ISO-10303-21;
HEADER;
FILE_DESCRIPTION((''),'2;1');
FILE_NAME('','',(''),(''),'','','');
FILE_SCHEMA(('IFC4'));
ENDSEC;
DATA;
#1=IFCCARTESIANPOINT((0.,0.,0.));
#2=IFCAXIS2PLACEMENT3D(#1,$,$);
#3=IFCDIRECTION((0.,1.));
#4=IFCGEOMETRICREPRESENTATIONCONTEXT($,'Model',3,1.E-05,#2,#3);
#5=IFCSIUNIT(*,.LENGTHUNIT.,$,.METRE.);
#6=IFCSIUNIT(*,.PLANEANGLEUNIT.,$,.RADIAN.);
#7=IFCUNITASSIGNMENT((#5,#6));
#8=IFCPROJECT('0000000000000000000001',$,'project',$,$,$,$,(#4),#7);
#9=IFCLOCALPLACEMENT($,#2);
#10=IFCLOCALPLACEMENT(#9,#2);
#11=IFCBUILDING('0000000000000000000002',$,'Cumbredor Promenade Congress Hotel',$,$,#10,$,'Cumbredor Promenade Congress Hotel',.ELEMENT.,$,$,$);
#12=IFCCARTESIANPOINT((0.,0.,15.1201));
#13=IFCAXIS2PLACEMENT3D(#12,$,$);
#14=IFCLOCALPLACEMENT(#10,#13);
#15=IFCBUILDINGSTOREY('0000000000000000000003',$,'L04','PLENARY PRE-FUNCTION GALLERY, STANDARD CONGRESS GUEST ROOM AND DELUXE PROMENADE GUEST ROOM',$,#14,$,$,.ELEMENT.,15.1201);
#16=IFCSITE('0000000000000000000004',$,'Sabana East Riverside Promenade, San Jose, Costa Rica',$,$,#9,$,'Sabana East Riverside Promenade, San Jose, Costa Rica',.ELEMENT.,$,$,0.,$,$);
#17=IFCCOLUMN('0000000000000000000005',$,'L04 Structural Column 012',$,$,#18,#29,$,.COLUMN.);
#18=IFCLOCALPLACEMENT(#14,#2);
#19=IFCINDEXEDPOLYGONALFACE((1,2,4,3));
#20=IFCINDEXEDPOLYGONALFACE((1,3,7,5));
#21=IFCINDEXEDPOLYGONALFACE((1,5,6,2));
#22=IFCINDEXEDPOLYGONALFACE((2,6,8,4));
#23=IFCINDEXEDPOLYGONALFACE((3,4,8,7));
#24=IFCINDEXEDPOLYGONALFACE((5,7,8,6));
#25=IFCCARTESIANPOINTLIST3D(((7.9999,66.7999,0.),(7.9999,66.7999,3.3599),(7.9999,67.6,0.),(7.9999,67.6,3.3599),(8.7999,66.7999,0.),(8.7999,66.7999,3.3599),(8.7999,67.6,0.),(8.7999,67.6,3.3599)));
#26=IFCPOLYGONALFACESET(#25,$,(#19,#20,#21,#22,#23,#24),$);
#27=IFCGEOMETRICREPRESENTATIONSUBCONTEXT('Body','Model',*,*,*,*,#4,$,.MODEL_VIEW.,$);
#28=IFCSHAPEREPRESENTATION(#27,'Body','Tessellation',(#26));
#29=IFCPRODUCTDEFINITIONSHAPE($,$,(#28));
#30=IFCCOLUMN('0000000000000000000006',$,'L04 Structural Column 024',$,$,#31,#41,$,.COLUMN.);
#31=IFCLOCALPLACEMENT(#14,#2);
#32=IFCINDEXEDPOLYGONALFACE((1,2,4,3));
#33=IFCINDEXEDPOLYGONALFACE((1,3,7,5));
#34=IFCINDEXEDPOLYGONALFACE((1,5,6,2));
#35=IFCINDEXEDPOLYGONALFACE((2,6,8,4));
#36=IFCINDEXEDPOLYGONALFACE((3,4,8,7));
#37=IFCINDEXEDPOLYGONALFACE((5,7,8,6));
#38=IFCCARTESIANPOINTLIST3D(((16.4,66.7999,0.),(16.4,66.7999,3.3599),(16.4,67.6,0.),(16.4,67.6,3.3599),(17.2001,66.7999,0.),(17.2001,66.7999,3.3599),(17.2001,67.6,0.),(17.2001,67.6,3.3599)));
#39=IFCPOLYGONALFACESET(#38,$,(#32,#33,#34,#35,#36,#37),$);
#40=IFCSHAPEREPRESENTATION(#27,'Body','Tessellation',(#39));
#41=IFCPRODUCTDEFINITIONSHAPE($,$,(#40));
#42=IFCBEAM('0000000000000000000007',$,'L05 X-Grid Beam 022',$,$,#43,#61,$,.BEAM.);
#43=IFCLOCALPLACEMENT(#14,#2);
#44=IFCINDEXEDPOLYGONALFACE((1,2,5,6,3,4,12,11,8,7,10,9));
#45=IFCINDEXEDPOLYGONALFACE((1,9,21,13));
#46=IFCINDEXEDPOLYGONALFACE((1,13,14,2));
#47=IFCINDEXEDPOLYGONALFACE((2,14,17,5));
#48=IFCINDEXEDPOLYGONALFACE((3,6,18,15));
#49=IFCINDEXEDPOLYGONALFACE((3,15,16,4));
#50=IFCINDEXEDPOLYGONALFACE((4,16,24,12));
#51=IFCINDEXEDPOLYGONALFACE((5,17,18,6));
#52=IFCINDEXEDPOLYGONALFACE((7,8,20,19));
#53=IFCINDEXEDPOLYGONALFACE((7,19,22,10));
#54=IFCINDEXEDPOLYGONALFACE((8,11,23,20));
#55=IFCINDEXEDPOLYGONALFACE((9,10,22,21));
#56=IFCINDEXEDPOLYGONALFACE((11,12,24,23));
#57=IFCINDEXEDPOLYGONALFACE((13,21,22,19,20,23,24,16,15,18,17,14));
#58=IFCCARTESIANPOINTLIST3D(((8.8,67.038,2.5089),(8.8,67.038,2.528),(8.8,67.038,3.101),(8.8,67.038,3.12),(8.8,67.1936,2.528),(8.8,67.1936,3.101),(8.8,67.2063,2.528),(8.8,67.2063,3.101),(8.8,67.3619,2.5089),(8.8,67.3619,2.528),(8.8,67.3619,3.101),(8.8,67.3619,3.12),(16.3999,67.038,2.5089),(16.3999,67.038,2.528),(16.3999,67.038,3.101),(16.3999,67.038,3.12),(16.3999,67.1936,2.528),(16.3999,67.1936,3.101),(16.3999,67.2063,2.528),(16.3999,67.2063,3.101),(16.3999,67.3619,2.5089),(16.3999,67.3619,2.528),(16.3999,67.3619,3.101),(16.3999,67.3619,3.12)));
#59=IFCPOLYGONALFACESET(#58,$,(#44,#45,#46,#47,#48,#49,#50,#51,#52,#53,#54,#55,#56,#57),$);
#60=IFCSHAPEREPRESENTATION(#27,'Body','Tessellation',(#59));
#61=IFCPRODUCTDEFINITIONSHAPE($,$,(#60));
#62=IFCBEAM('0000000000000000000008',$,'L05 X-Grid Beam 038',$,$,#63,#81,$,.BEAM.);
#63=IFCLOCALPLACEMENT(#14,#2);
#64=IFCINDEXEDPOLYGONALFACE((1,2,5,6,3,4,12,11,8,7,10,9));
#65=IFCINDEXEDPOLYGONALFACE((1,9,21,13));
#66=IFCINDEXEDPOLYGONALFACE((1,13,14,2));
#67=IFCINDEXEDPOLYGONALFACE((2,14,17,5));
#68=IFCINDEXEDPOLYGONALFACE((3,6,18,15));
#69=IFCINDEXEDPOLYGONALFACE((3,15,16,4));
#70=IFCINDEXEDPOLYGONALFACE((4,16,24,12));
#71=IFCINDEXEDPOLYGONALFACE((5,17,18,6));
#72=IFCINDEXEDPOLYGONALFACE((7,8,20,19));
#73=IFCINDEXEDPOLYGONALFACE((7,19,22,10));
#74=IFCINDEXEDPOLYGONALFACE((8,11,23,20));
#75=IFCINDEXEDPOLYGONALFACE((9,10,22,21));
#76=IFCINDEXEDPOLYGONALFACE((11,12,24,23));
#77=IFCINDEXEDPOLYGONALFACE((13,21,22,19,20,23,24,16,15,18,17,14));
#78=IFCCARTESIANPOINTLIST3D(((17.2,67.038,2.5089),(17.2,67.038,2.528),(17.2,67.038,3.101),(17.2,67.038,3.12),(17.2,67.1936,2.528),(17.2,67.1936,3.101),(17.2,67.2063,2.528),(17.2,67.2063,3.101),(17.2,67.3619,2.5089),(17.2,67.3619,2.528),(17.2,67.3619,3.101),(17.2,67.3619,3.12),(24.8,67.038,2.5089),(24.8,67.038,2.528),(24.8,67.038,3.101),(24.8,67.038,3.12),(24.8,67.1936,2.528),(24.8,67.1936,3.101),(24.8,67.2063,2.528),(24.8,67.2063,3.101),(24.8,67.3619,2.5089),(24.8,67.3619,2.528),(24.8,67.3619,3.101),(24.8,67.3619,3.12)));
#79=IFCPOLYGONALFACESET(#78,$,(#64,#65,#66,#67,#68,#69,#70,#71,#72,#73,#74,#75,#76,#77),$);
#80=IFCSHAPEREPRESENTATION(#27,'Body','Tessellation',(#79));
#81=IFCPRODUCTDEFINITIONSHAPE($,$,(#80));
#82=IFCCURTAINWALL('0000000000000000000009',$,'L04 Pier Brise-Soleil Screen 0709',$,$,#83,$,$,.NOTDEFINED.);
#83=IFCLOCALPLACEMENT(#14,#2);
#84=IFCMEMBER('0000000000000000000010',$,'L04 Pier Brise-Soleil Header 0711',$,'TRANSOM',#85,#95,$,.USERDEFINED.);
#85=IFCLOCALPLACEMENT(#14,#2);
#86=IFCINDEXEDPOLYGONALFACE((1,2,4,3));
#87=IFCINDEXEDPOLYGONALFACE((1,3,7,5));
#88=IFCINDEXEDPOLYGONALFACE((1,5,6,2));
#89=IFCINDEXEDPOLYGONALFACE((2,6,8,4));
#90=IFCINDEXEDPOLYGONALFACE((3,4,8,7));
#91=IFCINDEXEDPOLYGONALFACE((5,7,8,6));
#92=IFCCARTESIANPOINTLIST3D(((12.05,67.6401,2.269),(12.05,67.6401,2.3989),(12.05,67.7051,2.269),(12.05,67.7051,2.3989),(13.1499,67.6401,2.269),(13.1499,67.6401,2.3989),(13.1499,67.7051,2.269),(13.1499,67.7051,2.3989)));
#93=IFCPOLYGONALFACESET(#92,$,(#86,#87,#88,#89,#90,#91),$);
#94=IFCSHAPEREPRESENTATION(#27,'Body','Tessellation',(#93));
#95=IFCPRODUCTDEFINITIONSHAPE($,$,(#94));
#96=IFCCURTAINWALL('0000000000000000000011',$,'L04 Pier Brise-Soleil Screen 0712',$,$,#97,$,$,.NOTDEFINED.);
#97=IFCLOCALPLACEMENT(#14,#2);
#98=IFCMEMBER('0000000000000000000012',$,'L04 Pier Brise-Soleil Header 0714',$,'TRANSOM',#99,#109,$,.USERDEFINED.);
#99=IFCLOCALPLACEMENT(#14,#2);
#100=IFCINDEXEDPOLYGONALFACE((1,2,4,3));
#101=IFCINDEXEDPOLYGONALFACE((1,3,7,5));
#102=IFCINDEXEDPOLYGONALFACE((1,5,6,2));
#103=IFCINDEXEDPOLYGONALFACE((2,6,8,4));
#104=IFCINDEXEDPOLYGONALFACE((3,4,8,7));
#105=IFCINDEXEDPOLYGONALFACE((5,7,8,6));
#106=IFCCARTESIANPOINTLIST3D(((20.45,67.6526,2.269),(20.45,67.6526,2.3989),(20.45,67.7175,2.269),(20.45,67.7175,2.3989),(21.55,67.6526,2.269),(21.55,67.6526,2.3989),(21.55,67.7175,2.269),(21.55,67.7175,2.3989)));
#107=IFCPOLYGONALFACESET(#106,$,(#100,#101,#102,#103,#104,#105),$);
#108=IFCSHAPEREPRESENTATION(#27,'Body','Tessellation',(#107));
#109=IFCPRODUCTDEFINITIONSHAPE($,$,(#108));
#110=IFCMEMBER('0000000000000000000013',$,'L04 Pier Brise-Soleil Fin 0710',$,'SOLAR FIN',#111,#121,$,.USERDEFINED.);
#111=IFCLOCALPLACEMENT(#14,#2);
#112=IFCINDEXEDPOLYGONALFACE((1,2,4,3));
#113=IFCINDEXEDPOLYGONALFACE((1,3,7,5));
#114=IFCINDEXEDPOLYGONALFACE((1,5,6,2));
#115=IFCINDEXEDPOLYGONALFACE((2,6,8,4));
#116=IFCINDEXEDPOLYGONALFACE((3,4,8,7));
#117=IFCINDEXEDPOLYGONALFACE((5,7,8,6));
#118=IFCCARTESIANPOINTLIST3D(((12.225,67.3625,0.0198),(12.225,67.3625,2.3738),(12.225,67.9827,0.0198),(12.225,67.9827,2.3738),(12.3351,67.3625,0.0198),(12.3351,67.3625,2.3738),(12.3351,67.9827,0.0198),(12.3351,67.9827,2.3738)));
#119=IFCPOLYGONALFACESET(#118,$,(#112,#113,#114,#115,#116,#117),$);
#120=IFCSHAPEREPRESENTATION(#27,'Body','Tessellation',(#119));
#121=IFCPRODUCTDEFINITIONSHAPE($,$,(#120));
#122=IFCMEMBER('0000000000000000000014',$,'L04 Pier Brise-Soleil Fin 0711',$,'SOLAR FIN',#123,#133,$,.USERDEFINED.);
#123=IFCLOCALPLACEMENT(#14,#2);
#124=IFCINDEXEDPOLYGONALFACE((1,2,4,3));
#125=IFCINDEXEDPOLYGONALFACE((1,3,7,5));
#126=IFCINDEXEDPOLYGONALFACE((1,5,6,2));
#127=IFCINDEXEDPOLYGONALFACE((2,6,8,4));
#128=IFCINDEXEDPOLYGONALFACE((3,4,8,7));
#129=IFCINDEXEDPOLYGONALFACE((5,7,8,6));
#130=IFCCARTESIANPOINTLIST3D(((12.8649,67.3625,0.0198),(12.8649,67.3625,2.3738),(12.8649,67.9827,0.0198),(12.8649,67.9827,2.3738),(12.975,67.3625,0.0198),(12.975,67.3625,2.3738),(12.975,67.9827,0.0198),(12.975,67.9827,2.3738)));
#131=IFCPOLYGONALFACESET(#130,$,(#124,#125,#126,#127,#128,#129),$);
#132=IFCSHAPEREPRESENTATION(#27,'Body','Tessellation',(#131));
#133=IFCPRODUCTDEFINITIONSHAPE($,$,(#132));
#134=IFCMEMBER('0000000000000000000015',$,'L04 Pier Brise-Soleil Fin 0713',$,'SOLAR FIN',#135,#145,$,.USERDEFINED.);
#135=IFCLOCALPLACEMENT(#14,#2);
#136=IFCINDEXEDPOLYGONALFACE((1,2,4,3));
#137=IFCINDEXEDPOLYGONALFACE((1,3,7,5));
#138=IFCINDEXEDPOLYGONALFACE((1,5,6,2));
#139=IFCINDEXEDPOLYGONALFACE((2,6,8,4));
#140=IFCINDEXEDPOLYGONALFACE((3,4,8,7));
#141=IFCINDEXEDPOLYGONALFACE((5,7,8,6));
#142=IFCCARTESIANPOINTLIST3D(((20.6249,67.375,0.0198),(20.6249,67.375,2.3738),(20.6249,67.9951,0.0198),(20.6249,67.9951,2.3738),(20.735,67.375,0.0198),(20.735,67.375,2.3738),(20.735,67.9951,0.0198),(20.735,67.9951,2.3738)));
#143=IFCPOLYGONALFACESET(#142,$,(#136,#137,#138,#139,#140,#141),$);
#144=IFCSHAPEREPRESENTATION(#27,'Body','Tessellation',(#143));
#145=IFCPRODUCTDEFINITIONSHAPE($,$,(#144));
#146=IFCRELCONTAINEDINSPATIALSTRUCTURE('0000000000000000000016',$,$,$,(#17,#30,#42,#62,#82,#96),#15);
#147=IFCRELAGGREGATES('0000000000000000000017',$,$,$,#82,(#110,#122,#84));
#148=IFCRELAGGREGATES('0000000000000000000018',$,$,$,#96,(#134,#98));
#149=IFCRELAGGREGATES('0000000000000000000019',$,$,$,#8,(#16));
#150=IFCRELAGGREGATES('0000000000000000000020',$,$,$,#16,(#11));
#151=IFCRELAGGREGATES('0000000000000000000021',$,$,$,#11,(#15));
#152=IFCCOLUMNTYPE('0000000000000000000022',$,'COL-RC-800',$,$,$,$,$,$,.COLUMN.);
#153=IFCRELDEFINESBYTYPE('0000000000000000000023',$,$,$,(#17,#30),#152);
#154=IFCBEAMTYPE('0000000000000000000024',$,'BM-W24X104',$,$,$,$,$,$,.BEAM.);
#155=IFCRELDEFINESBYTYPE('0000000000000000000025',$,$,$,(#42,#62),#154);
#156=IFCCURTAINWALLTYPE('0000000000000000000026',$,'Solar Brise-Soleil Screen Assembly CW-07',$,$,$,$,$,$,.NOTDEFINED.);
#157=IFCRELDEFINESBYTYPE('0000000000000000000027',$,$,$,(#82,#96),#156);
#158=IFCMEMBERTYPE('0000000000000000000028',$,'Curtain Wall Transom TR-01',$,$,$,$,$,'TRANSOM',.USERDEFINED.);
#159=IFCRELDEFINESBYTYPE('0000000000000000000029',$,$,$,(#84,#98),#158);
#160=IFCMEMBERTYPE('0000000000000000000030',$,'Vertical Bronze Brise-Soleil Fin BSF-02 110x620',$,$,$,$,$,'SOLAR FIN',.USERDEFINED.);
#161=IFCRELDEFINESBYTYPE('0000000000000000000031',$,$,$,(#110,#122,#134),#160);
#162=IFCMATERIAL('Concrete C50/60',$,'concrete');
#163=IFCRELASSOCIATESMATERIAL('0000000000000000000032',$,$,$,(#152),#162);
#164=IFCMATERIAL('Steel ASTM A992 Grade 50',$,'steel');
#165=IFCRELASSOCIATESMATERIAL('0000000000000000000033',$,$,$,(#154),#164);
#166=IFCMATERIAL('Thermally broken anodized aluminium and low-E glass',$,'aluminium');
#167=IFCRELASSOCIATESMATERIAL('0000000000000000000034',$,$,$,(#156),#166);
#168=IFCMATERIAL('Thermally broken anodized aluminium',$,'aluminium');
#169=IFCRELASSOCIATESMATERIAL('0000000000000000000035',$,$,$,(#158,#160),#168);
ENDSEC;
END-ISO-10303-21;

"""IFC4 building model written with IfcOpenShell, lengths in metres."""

from ifc_helpers import new_model, si_unit, direction, frame, origin, origin_2d, place, context, subcontext, project, spatial, rectangle, i_section, extrude, material, material_profile, profile_set, type_object, element, aggregate, save


model = new_model("IFC4")

# Units and contexts
model_context = context("Model", 3, precision=1e-05, world=origin(), true_north=direction((0.0, 1.0)))
body_context = subcontext(model_context, "Body", "Model", "MODEL_VIEW")
ifc_project = project(units=[si_unit("LENGTHUNIT", "METRE"), si_unit("PLANEANGLEUNIT", "RADIAN")], contexts=[model_context])

# Site, building, storey
site_placement = place(None, origin())
site = spatial("IfcSite", under=ifc_project, at=site_placement, Name="Sabana East Riverside Promenade, San Jose, Costa Rica", LongName="Sabana East Riverside Promenade, San Jose, Costa Rica", CompositionType="ELEMENT", RefElevation=0.0)
building_placement = place(site_placement, origin())
building = spatial("IfcBuilding", under=site, at=building_placement, Name="Cumbredor Promenade Congress Hotel", LongName="Cumbredor Promenade Congress Hotel", CompositionType="ELEMENT")
storey_placement = place(building_placement, frame((0.0, 0.0, 15.1201)))
storey = spatial("IfcBuildingStorey", under=building, at=storey_placement, Name="L04", Description="PLENARY PRE-FUNCTION GALLERY, STANDARD CONGRESS GUEST ROOM AND DELUXE PROMENADE GUEST ROOM", CompositionType="ELEMENT", Elevation=15.1201)

# Columns
ifc_material_1 = material(Name="Concrete C50/60", Category="concrete")
ifc_material_profile_1 = material_profile(ifc_material_1, rectangle(XDim=0.8, YDim=0.8, at=origin_2d()), Name="RC 800x800")
ifc_profile_set_1 = profile_set([ifc_material_profile_1], Name="Concrete C50/60")
column_type = type_object("IfcColumnType", Name="COL-RC-800", PredefinedType="COLUMN", material=ifc_profile_set_1)
for number, where, z_axis, x_axis, name in (
    (1, (8.3999, 67.2, 0.0), (0.0, 0.0, 1.0), (1.0, 0.0, 0.0), "L04 Structural Column 012"),
    (2, (16.8, 67.2, 0.0), (0.0, 0.0, 1.0), (1.0, 0.0, 0.0), "L04 Structural Column 024"),
):
    element("IfcColumn", number, at=place(storey_placement, frame(where, z_axis=z_axis, x_axis=x_axis)), inside=storey, type_object=column_type, Name=name, PredefinedType="COLUMN", context=body_context, shape_type="SweptSolid", body=[
        extrude(rectangle(XDim=0.8, YDim=0.8, at=origin_2d()), origin(), (0.0, 0.0, 1.0), 3.3599),
    ])

# Beams
ifc_material_2 = material(Name="Steel ASTM A992 Grade 50", Category="steel")
ifc_material_profile_2 = material_profile(ifc_material_2, i_section(OverallWidth=0.324, OverallDepth=0.6111, WebThickness=0.0127, FlangeThickness=0.019, at=origin_2d()), Name="W24X104")
ifc_profile_set_2 = profile_set([ifc_material_profile_2], Name="Steel ASTM A992 Grade 50")
beam_type = type_object("IfcBeamType", Name="BM-W24X104", PredefinedType="BEAM", material=ifc_profile_set_2)
beam_1_placement = place(storey_placement, frame((8.8, 67.2, 2.8145), z_axis=(1.0, 0.0, 0.0), x_axis=(0.0, 1.0, 0.0)))
element("IfcBeam", 3, at=beam_1_placement, inside=storey, type_object=beam_type, Name="L05 X-Grid Beam 022", PredefinedType="BEAM", context=body_context, shape_type="SweptSolid", body=[
    extrude(i_section(OverallWidth=0.324, OverallDepth=0.6111, WebThickness=0.0127, FlangeThickness=0.019, at=origin_2d()), origin(), (0.0, 0.0, 1.0), 7.5999),
])
beam_2_placement = place(storey_placement, frame((17.2, 67.2, 2.8145), z_axis=(1.0, 0.0, 0.0), x_axis=(0.0, 1.0, 0.0)))
element("IfcBeam", 4, at=beam_2_placement, inside=storey, type_object=beam_type, Name="L05 X-Grid Beam 038", PredefinedType="BEAM", context=body_context, shape_type="SweptSolid", body=[
    extrude(i_section(OverallWidth=0.324, OverallDepth=0.6111, WebThickness=0.0127, FlangeThickness=0.019, at=origin_2d()), origin(), (0.0, 0.0, 1.0), 7.6001),
])

# Curtain walls, members
ifc_material_3 = material(Name="Thermally broken anodized aluminium and low-E glass", Category="aluminium")
curtain_wall_type = type_object("IfcCurtainWallType", Name="Solar Brise-Soleil Screen Assembly CW-07", PredefinedType="NOTDEFINED", material=ifc_material_3)
curtain_wall_1_placement = place(storey_placement, origin())
curtain_wall_1 = element("IfcCurtainWall", 5, at=curtain_wall_1_placement, inside=storey, type_object=curtain_wall_type, Name="L04 Pier Brise-Soleil Screen 0709", PredefinedType="NOTDEFINED")
ifc_material_4 = material(Name="Thermally broken anodized aluminium", Category="aluminium")
ifc_material_profile_3 = material_profile(ifc_material_4, rectangle(XDim=0.0649, YDim=0.1299, at=origin_2d()), Name="ALU TRANSOM 65x130")
ifc_profile_set_3 = profile_set([ifc_material_profile_3], Name="Thermally broken anodized aluminium")
member_type_1 = type_object("IfcMemberType", Name="Curtain Wall Transom TR-01", ElementType="TRANSOM", PredefinedType="USERDEFINED", material=ifc_profile_set_3)
member_1_placement = place(storey_placement, frame((12.05, 67.6726, 2.334), z_axis=(1.0, 0.0, 0.0), x_axis=(0.0, 1.0, 0.0)))
member_1 = element("IfcMember", 6, at=member_1_placement, type_object=member_type_1, Name="L04 Pier Brise-Soleil Header 0711", ObjectType="TRANSOM", PredefinedType="USERDEFINED", context=body_context, shape_type="SweptSolid", body=[
    extrude(rectangle(XDim=0.0649, YDim=0.1299, at=origin_2d()), origin(), (0.0, 0.0, 1.0), 1.0999),
])
curtain_wall_2_placement = place(storey_placement, origin())
curtain_wall_2 = element("IfcCurtainWall", 7, at=curtain_wall_2_placement, inside=storey, type_object=curtain_wall_type, Name="L04 Pier Brise-Soleil Screen 0712", PredefinedType="NOTDEFINED")
member_2_placement = place(storey_placement, frame((20.45, 67.6851, 2.334), z_axis=(1.0, 0.0, 0.0), x_axis=(0.0, 1.0, 0.0)))
member_2 = element("IfcMember", 8, at=member_2_placement, type_object=member_type_1, Name="L04 Pier Brise-Soleil Header 0714", ObjectType="TRANSOM", PredefinedType="USERDEFINED", context=body_context, shape_type="SweptSolid", body=[
    extrude(rectangle(XDim=0.0649, YDim=0.1299, at=origin_2d()), origin(), (0.0, 0.0, 1.0), 1.1001),
])

# Members
ifc_material_profile_4 = material_profile(ifc_material_4, rectangle(XDim=0.1101, YDim=0.6201, at=origin_2d()), Name="ARCH FIN 110x620")
ifc_profile_set_4 = profile_set([ifc_material_profile_4], Name="Thermally broken anodized aluminium")
member_type_2 = type_object("IfcMemberType", Name="Vertical Bronze Brise-Soleil Fin BSF-02 110x620", ElementType="SOLAR FIN", PredefinedType="USERDEFINED", material=ifc_profile_set_4)
member_3_placement = place(storey_placement, frame((12.28, 67.6726, 0.0198), z_axis=(0.0, 0.0, 1.0), x_axis=(1.0, 0.0, 0.0)))
member_3 = element("IfcMember", 9, at=member_3_placement, type_object=member_type_2, Name="L04 Pier Brise-Soleil Fin 0710", ObjectType="SOLAR FIN", PredefinedType="USERDEFINED", context=body_context, shape_type="SweptSolid", body=[
    extrude(rectangle(XDim=0.1101, YDim=0.6201, at=origin_2d()), origin(), (0.0, 0.0, 1.0), 2.354),
])
member_4_placement = place(storey_placement, frame((12.9199, 67.6726, 0.0198), z_axis=(0.0, 0.0, 1.0), x_axis=(1.0, 0.0, 0.0)))
member_4 = element("IfcMember", 10, at=member_4_placement, type_object=member_type_2, Name="L04 Pier Brise-Soleil Fin 0711", ObjectType="SOLAR FIN", PredefinedType="USERDEFINED", context=body_context, shape_type="SweptSolid", body=[
    extrude(rectangle(XDim=0.1101, YDim=0.6201, at=origin_2d()), origin(), (0.0, 0.0, 1.0), 2.354),
])
aggregate(curtain_wall_1, [member_3, member_4, member_1])
member_5_placement = place(storey_placement, frame((20.6799, 67.6851, 0.0198), z_axis=(0.0, 0.0, 1.0), x_axis=(1.0, 0.0, 0.0)))
member_5 = element("IfcMember", 11, at=member_5_placement, type_object=member_type_2, Name="L04 Pier Brise-Soleil Fin 0713", ObjectType="SOLAR FIN", PredefinedType="USERDEFINED", context=body_context, shape_type="SweptSolid", body=[
    extrude(rectangle(XDim=0.1101, YDim=0.6201, at=origin_2d()), origin(), (0.0, 0.0, 1.0), 2.354),
])
aggregate(curtain_wall_2, [member_5, member_2])

save(model, "model.ifc")
